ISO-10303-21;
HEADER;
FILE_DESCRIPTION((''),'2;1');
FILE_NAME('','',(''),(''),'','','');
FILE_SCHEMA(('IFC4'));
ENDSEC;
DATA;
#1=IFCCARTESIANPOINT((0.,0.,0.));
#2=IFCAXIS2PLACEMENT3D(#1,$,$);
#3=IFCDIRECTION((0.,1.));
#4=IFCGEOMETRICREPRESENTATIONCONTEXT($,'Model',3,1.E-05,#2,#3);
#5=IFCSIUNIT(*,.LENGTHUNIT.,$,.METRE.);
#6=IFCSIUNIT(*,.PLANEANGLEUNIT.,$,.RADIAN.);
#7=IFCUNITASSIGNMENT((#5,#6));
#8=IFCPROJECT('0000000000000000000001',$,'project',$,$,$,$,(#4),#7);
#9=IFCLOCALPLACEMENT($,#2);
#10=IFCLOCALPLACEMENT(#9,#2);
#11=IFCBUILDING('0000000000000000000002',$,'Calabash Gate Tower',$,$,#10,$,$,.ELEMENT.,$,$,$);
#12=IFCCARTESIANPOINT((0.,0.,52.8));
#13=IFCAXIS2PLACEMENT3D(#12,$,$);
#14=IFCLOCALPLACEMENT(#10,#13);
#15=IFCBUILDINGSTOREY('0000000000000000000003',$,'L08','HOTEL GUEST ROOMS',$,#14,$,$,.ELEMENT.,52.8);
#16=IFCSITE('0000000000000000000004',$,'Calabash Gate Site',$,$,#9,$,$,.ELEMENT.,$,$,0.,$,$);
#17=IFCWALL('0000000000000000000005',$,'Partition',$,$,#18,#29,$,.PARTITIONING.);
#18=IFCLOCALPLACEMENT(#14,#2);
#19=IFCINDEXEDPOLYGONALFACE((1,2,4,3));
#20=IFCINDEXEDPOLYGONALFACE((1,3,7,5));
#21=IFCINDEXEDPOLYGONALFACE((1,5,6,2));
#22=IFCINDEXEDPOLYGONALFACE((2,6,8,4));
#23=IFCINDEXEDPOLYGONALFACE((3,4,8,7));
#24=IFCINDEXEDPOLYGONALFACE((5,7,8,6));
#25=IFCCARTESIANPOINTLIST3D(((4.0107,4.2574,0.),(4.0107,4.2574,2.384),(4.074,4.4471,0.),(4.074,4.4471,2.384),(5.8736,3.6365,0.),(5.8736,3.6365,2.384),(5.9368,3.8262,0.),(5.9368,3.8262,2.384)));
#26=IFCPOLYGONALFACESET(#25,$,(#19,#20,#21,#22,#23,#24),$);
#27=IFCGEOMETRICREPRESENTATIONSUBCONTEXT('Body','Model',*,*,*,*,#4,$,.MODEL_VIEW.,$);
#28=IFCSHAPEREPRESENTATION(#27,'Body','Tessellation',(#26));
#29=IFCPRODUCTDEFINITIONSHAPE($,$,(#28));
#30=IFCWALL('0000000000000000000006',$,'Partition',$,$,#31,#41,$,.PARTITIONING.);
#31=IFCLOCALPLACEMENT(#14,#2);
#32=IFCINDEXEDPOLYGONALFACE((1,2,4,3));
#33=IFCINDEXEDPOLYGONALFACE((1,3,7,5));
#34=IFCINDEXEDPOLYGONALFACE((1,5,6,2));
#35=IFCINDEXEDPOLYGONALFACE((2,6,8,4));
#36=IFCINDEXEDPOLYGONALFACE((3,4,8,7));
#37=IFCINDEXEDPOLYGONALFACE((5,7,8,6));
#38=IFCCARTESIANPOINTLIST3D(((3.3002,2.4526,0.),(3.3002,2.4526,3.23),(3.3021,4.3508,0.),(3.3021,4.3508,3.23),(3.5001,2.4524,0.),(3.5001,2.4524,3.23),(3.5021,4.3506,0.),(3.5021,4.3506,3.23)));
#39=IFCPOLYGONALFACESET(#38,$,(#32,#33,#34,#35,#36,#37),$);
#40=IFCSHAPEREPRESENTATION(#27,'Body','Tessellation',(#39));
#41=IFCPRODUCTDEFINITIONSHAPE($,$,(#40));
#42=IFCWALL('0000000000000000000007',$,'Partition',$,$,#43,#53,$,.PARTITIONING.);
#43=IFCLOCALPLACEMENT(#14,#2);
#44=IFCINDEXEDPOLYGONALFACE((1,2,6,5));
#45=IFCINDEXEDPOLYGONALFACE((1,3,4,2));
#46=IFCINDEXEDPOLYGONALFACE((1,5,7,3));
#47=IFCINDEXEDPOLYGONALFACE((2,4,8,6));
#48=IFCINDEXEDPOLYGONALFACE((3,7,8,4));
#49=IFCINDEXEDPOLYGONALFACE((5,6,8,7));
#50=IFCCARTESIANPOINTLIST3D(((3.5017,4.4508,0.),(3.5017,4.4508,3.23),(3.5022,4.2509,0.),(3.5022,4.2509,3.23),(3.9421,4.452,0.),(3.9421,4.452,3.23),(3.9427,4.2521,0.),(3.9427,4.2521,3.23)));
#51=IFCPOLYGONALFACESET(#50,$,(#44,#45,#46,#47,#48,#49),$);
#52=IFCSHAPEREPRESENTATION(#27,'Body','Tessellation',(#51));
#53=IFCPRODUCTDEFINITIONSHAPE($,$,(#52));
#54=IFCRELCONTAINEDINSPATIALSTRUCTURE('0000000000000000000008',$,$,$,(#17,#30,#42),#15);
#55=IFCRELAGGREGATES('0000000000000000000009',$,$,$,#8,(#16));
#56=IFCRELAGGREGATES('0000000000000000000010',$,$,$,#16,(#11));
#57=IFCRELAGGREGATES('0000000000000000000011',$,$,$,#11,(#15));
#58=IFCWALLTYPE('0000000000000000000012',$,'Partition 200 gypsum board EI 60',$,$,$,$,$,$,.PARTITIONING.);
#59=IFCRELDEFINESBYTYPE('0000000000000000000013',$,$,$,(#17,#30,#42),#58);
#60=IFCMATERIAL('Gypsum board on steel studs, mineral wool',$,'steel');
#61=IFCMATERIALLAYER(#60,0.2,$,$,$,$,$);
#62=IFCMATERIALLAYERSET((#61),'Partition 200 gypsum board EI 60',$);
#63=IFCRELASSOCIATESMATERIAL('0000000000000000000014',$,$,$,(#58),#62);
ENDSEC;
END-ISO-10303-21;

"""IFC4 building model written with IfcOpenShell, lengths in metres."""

from ifc_helpers import new_model, si_unit, direction, frame, frame_2d, origin, place, context, subcontext, project, spatial, rectangle, extrude, material, layer, layer_set, type_object, element, save


model = new_model("IFC4")

# Units and contexts
model_context = context("Model", 3, precision=1e-05, world=origin(), true_north=direction((0.0, 1.0)))
body_context = subcontext(model_context, "Body", "Model", "MODEL_VIEW")
ifc_project = project(units=[si_unit("LENGTHUNIT", "METRE"), si_unit("PLANEANGLEUNIT", "RADIAN")], contexts=[model_context])

# Site, building, storey
site_placement = place(None, origin())
site = spatial("IfcSite", under=ifc_project, at=site_placement, Name="Calabash Gate Site", CompositionType="ELEMENT", RefElevation=0.0)
building_placement = place(site_placement, origin())
building = spatial("IfcBuilding", under=site, at=building_placement, Name="Calabash Gate Tower", CompositionType="ELEMENT")
storey_placement = place(building_placement, frame((0.0, 0.0, 52.8)))
storey = spatial("IfcBuildingStorey", under=building, at=storey_placement, Name="L08", Description="HOTEL GUEST ROOMS", CompositionType="ELEMENT", Elevation=52.8)

# Walls
ifc_material_1 = material(Name="Gypsum board on steel studs, mineral wool", Category="steel")
ifc_layer_1 = layer(ifc_material_1, 0.2)
ifc_layer_set_1 = layer_set([ifc_layer_1], Name="Partition 200 gypsum board EI 60")
wall_type_1 = type_object("IfcWallType", Name="Partition 200 gypsum board EI 60", PredefinedType="PARTITIONING", material=ifc_layer_set_1)
wall_1_placement = place(storey_placement, frame((4.0422, 4.3523, 0.0), z_axis=(0.0, 0.0, 1.0), x_axis=(0.948696, -0.31619, 0.0)))
element("IfcWall", 1, at=wall_1_placement, inside=storey, type_object=wall_type_1, Name="Partition", PredefinedType="PARTITIONING", context=body_context, shape_type="SweptSolid", body=[
    extrude(rectangle(XDim=1.9636, YDim=0.2, at=frame_2d((0.9819, 0.0))), origin(), (0.0, 0.0, 1.0), 2.384),
])
wall_2_placement = place(storey_placement, frame((3.4001, 2.4524, 0.0), z_axis=(0.0, 0.0, 1.0), x_axis=(0.001029, 0.999999, 0.0)))
element("IfcWall", 2, at=wall_2_placement, inside=storey, type_object=wall_type_1, Name="Partition", PredefinedType="PARTITIONING", context=body_context, shape_type="SweptSolid", body=[
    extrude(rectangle(XDim=1.8982, YDim=0.2, at=frame_2d((0.9492, 0.0))), origin(), (0.0, 0.0, 1.0), 3.23),
])
wall_3_placement = place(storey_placement, frame((3.502, 4.3508, 0.0), z_axis=(0.0, 0.0, 1.0), x_axis=(0.999996, 0.002772, 0.0)))
element("IfcWall", 3, at=wall_3_placement, inside=storey, type_object=wall_type_1, Name="Partition", PredefinedType="PARTITIONING", context=body_context, shape_type="SweptSolid", body=[
    extrude(rectangle(XDim=0.4404, YDim=0.2, at=frame_2d((0.2202, 0.0))), origin(), (0.0, 0.0, 1.0), 3.23),
])

save(model, "model.ifc")
